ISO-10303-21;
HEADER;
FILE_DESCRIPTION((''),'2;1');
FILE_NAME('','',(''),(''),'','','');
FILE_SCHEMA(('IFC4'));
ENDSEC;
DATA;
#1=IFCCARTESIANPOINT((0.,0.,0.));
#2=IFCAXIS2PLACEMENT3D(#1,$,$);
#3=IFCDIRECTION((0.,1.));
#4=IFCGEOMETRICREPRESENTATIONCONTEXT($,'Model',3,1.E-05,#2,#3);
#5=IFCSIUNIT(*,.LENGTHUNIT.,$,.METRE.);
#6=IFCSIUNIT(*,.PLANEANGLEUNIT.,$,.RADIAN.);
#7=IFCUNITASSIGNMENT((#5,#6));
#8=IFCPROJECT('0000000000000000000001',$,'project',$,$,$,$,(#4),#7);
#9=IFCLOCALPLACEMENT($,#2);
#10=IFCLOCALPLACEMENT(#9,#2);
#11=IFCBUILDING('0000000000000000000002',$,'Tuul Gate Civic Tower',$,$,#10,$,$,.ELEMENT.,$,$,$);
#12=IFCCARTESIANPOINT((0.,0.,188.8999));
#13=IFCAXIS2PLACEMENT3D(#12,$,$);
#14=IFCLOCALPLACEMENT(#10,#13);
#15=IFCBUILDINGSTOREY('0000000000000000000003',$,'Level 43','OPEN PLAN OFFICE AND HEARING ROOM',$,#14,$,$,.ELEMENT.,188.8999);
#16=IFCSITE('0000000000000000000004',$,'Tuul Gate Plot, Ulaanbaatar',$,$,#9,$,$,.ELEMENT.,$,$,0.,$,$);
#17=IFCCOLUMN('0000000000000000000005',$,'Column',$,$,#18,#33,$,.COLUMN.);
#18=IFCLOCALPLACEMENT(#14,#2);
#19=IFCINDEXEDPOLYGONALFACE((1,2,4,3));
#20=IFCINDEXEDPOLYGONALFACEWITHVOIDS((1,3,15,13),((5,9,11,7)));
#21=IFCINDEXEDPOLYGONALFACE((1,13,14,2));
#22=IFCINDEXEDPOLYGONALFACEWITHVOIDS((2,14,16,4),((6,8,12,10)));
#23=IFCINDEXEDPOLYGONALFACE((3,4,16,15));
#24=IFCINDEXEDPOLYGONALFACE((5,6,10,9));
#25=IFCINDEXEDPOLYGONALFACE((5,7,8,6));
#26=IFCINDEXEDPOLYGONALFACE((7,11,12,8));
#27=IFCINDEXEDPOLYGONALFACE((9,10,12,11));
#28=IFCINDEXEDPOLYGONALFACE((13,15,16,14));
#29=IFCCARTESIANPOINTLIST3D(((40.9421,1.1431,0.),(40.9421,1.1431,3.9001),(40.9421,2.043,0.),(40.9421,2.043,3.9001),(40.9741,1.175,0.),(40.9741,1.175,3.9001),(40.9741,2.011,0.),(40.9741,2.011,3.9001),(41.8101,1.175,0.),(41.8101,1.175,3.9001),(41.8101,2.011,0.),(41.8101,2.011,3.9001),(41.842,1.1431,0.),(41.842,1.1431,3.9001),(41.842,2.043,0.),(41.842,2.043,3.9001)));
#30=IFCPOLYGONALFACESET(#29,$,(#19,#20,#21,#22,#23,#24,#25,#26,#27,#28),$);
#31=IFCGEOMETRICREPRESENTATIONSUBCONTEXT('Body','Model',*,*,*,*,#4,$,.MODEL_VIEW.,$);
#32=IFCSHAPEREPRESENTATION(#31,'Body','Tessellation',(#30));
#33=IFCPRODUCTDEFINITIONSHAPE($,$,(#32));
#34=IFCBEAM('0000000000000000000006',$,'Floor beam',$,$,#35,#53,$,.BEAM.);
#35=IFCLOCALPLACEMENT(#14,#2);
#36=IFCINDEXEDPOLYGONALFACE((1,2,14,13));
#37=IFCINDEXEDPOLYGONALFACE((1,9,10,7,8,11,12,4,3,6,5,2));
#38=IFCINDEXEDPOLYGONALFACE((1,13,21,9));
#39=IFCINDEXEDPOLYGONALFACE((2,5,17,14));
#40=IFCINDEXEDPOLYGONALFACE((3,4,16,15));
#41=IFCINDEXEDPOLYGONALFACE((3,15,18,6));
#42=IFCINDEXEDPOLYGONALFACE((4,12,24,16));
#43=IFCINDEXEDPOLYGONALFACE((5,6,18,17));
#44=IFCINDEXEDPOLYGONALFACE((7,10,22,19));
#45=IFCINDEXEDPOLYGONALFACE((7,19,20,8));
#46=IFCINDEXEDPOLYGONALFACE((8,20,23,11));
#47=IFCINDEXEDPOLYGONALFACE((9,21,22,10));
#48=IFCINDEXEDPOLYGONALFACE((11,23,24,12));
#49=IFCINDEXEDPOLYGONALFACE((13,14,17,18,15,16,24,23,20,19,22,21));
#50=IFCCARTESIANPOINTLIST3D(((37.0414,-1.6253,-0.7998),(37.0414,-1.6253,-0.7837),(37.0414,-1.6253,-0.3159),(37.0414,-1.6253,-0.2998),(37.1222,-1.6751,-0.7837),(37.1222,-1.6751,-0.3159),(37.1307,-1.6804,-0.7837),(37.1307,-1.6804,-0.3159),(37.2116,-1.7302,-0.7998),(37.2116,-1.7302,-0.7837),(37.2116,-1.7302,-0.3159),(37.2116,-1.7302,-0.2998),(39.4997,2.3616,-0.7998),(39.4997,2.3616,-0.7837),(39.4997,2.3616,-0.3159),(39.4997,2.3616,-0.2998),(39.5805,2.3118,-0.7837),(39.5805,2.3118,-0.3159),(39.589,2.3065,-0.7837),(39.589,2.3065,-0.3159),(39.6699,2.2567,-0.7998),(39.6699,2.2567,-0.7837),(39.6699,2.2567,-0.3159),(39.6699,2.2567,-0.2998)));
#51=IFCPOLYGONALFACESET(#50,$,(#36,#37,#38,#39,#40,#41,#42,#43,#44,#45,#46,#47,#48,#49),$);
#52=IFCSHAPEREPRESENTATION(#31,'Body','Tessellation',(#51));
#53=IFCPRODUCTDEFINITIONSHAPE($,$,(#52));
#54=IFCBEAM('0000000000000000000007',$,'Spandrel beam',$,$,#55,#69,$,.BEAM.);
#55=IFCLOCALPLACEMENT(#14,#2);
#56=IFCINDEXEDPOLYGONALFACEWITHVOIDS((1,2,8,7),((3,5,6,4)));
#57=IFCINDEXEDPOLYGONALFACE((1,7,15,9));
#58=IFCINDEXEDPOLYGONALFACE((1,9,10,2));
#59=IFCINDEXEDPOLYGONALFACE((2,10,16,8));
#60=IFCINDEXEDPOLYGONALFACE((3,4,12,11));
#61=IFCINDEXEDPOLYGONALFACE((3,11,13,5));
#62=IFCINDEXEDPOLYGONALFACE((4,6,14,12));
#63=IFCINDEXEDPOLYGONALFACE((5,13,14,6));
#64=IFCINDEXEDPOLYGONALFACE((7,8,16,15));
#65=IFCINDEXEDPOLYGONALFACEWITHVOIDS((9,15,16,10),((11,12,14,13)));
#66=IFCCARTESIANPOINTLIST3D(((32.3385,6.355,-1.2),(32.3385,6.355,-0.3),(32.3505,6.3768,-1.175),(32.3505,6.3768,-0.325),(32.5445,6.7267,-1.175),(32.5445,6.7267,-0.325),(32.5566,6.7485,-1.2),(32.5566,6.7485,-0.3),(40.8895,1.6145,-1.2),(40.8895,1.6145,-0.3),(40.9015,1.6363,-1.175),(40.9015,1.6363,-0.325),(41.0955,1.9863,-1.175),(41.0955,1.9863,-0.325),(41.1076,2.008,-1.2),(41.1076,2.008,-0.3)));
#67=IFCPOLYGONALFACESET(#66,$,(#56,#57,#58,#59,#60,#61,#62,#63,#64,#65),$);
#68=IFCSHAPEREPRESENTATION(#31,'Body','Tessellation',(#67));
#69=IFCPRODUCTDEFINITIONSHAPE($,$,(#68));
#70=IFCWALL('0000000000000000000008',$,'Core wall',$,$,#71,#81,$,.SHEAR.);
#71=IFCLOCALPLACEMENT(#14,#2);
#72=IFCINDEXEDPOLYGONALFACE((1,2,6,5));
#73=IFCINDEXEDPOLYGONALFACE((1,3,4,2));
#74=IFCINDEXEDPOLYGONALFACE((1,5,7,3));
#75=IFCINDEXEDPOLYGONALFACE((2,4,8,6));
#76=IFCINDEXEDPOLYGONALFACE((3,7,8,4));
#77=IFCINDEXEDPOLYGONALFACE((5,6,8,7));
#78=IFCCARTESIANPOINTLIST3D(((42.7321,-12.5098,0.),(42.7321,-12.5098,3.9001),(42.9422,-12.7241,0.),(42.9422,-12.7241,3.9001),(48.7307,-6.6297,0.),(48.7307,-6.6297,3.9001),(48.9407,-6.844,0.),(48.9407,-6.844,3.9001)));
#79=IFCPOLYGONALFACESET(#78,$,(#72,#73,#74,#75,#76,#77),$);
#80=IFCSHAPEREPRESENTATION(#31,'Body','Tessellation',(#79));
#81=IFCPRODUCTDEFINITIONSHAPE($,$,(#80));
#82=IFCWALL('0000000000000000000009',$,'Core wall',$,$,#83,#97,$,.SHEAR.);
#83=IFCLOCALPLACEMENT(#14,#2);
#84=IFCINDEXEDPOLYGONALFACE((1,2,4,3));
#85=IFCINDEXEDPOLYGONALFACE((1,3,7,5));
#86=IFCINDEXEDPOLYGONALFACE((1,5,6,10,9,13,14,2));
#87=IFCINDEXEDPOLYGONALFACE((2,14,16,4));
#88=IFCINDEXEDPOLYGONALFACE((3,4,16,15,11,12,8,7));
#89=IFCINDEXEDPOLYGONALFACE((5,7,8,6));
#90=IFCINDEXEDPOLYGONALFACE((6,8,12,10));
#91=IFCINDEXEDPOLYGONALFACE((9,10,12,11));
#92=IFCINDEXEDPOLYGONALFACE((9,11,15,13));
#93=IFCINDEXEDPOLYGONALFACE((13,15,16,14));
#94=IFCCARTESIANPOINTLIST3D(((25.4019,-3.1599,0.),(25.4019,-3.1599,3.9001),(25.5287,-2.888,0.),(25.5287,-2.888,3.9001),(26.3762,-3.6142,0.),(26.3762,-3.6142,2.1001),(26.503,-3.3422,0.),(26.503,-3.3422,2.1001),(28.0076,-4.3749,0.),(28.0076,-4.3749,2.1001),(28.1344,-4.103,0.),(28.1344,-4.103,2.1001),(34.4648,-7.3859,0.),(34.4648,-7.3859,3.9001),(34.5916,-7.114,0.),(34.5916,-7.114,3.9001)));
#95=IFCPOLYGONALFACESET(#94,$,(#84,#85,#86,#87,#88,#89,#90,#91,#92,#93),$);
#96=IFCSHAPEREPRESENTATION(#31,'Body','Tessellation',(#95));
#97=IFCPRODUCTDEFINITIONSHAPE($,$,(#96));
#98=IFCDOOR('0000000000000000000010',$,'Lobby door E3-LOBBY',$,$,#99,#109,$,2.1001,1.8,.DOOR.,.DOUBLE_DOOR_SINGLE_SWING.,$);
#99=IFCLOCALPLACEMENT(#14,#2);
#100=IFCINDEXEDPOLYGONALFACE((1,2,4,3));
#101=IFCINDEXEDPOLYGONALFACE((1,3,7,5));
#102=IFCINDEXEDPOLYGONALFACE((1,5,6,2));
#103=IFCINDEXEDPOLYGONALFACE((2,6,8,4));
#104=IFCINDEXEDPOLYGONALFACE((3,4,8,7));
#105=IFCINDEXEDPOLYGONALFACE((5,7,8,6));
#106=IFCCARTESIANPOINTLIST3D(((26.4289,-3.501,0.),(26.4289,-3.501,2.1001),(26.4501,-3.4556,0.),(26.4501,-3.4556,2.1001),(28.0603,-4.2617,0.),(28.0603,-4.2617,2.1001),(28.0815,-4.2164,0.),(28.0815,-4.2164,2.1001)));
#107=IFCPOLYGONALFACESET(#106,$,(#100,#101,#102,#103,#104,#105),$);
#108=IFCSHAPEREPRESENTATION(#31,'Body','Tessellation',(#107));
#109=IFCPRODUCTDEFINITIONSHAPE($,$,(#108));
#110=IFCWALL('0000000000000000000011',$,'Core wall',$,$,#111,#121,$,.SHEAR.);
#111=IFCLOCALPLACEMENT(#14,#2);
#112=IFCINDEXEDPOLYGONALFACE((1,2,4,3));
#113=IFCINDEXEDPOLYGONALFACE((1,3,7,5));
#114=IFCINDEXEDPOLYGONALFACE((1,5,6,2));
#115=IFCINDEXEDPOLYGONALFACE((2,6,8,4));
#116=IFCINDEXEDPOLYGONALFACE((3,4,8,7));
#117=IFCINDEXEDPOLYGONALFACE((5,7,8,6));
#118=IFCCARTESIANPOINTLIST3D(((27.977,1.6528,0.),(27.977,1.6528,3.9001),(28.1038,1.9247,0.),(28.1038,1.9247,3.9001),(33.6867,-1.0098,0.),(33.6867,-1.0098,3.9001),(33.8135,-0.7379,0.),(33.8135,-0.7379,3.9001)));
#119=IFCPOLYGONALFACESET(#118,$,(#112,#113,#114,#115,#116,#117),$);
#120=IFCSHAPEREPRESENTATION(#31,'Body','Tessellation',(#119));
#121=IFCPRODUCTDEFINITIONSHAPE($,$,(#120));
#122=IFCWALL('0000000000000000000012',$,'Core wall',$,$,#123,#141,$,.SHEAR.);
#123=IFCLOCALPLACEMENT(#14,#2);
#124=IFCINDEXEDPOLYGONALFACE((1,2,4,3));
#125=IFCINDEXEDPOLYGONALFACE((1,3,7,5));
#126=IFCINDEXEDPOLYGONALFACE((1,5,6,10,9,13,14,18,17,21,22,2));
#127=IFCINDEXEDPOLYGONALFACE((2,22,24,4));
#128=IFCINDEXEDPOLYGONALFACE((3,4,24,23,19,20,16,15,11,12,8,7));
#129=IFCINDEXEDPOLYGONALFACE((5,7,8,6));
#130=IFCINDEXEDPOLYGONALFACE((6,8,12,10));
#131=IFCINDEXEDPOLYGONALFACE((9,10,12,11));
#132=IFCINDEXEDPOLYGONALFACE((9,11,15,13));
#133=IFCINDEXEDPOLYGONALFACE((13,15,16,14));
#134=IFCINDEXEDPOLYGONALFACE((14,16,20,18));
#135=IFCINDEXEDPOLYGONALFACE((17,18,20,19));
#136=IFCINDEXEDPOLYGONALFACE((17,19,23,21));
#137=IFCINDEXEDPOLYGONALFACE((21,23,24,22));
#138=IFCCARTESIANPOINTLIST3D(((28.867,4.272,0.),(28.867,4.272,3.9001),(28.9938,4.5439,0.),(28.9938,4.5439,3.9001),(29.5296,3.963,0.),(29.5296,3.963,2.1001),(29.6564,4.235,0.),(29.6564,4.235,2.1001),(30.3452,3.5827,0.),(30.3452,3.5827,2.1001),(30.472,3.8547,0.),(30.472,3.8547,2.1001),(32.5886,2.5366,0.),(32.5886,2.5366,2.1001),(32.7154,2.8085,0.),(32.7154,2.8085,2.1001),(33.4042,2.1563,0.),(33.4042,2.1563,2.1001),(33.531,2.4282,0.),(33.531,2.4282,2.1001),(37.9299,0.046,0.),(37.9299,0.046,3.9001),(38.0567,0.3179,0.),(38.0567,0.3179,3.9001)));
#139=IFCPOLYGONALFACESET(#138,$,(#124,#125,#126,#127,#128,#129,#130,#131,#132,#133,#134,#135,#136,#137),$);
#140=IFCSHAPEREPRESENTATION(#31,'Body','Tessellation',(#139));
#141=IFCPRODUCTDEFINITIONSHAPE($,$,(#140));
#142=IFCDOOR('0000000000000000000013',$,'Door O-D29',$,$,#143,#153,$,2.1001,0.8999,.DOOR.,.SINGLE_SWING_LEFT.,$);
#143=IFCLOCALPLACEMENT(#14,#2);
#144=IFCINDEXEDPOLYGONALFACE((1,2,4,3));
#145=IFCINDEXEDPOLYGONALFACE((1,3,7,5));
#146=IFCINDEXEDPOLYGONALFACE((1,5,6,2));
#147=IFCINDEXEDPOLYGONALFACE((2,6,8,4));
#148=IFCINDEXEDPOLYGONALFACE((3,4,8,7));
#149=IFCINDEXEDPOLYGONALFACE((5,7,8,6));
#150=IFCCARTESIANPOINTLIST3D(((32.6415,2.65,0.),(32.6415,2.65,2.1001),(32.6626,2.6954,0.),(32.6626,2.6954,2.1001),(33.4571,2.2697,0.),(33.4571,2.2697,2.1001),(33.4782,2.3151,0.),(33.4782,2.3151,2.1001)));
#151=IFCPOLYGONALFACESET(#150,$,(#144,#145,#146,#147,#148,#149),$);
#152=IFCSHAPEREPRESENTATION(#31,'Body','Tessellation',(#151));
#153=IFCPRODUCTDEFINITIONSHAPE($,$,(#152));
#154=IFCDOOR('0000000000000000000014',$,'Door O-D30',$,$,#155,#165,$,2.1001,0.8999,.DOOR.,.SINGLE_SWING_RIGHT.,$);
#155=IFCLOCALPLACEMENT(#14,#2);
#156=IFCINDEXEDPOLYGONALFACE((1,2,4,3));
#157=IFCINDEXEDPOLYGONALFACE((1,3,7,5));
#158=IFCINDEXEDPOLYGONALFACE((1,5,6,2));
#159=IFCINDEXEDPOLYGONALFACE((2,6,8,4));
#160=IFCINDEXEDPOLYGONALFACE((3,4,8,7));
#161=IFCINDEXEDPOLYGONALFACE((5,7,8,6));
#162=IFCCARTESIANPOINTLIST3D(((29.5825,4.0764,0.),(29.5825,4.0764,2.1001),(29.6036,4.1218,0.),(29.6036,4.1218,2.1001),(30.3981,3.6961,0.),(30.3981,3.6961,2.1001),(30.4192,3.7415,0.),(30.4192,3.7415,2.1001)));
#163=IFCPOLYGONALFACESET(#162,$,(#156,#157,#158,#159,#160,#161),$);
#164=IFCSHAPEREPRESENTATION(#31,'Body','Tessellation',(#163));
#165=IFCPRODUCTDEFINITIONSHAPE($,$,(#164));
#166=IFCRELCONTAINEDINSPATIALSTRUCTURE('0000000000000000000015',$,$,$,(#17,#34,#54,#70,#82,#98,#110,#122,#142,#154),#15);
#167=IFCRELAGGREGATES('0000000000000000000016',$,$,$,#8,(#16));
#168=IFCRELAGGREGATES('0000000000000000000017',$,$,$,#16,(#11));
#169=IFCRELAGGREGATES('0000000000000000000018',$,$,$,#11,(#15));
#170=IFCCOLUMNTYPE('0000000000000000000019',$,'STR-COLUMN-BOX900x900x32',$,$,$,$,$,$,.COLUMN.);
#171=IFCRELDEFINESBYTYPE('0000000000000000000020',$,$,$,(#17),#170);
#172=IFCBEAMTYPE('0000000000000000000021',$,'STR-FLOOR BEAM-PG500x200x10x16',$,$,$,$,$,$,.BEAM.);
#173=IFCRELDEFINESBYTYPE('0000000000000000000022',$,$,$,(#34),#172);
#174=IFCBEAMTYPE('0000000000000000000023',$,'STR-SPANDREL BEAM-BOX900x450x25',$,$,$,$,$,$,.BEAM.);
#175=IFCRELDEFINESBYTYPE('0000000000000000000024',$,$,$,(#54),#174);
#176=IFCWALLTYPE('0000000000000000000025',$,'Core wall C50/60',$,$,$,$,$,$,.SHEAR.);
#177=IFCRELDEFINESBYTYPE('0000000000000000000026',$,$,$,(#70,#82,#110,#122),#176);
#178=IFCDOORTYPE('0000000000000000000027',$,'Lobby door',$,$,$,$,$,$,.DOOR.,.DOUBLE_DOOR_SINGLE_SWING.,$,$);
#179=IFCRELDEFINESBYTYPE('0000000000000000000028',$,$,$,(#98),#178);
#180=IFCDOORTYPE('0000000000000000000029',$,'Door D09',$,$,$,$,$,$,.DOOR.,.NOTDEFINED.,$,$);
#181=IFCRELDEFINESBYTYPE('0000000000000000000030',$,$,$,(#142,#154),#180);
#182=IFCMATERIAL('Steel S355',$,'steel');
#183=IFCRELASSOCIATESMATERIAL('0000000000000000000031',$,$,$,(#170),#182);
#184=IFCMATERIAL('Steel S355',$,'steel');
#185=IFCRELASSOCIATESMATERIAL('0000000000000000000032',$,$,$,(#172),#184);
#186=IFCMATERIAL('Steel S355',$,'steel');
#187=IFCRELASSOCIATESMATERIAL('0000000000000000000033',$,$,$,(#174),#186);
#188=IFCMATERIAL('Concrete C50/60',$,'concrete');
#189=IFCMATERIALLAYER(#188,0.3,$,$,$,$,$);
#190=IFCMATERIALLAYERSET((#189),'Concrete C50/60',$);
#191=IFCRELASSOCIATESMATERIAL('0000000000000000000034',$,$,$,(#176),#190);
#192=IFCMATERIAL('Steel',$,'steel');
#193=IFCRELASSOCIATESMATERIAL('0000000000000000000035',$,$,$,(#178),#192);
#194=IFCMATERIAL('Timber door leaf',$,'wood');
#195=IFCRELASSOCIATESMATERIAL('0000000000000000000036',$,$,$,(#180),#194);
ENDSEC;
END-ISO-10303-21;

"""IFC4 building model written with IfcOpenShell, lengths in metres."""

from ifc_helpers import new_model, si_unit, direction, frame, frame_2d, origin, origin_2d, place, context, subcontext, project, spatial, rectangle, hollow_rectangle, i_section, extrude, material, layer, layer_set, material_profile, profile_set, type_object, element, fill, save


model = new_model("IFC4")

# Units and contexts
model_context = context("Model", 3, precision=1e-05, world=origin(), true_north=direction((0.0, 1.0)))
body_context = subcontext(model_context, "Body", "Model", "MODEL_VIEW")
ifc_project = project(units=[si_unit("LENGTHUNIT", "METRE"), si_unit("PLANEANGLEUNIT", "RADIAN")], contexts=[model_context])

# Site, building, storey
site_placement = place(None, origin())
site = spatial("IfcSite", under=ifc_project, at=site_placement, Name="Tuul Gate Plot, Ulaanbaatar", CompositionType="ELEMENT", RefElevation=0.0)
building_placement = place(site_placement, origin())
building = spatial("IfcBuilding", under=site, at=building_placement, Name="Tuul Gate Civic Tower", CompositionType="ELEMENT")
storey_placement = place(building_placement, frame((0.0, 0.0, 188.8999)))
storey = spatial("IfcBuildingStorey", under=building, at=storey_placement, Name="Level 43", Description="OPEN PLAN OFFICE AND HEARING ROOM", CompositionType="ELEMENT", Elevation=188.8999)

# Column
ifc_material_1 = material(Name="Steel S355", Category="steel")
ifc_material_profile_1 = material_profile(ifc_material_1, hollow_rectangle(XDim=0.8999, YDim=0.8999, WallThickness=0.032, at=origin_2d()), Name="BOX900x900x32")
ifc_profile_set_1 = profile_set([ifc_material_profile_1], Name="Steel S355")
column_type = type_object("IfcColumnType", Name="STR-COLUMN-BOX900x900x32", PredefinedType="COLUMN", material=ifc_profile_set_1)
column_placement = place(storey_placement, frame((41.3921, 1.593, 0.0), z_axis=(0.0, 0.0, 1.0), x_axis=(1.0, 0.0, 0.0)))
element("IfcColumn", 1, at=column_placement, inside=storey, type_object=column_type, Name="Column", PredefinedType="COLUMN", context=body_context, shape_type="SweptSolid", body=[
    extrude(hollow_rectangle(XDim=0.8999, YDim=0.8999, WallThickness=0.032, at=origin_2d()), origin(), (0.0, 0.0, 1.0), 3.9001),
])

# Beams
ifc_material_2 = material(Name="Steel S355", Category="steel")
ifc_material_profile_2 = material_profile(ifc_material_2, i_section(OverallWidth=0.2, OverallDepth=0.5, WebThickness=0.01, FlangeThickness=0.0161, at=origin_2d()), Name="PG500x200x10x16")
ifc_profile_set_2 = profile_set([ifc_material_profile_2], Name="Steel S355")
beam_type_1 = type_object("IfcBeamType", Name="STR-FLOOR BEAM-PG500x200x10x16", PredefinedType="BEAM", material=ifc_profile_set_2)
beam_1_placement = place(storey_placement, frame((37.1265, -1.6777, -0.5498), z_axis=(0.524845, 0.851198, 0.0), x_axis=(-0.851198, 0.524845, 0.0)))
element("IfcBeam", 2, at=beam_1_placement, inside=storey, type_object=beam_type_1, Name="Floor beam", PredefinedType="BEAM", context=body_context, shape_type="SweptSolid", body=[
    extrude(i_section(OverallWidth=0.2, OverallDepth=0.5, WebThickness=0.01, FlangeThickness=0.0161, at=origin_2d()), origin(), (0.0, 0.0, 1.0), 4.6838),
])
ifc_material_3 = material(Name="Steel S355", Category="steel")
ifc_material_profile_3 = material_profile(ifc_material_3, hollow_rectangle(XDim=0.45, YDim=0.8999, WallThickness=0.0249, at=origin_2d()), Name="BOX900x450x25")
ifc_profile_set_3 = profile_set([ifc_material_profile_3], Name="Steel S355")
beam_type_2 = type_object("IfcBeamType", Name="STR-SPANDREL BEAM-BOX900x450x25", PredefinedType="BEAM", material=ifc_profile_set_3)
beam_2_placement = place(storey_placement, frame((40.9985, 1.8113, -0.75), z_axis=(-0.874595, 0.484854, 0.0), x_axis=(-0.484854, -0.874595, 0.0)))
element("IfcBeam", 3, at=beam_2_placement, inside=storey, type_object=beam_type_2, Name="Spandrel beam", PredefinedType="BEAM", context=body_context, shape_type="SweptSolid", body=[
    extrude(hollow_rectangle(XDim=0.45, YDim=0.8999, WallThickness=0.0249, at=origin_2d()), origin(), (0.0, 0.0, 1.0), 9.7771),
])

# Wall
ifc_material_4 = material(Name="Concrete C50/60", Category="concrete")
ifc_layer_1 = layer(ifc_material_4, 0.3)
ifc_layer_set_1 = layer_set([ifc_layer_1], Name="Concrete C50/60")
wall_type_1 = type_object("IfcWallType", Name="Core wall C50/60", PredefinedType="SHEAR", material=ifc_layer_set_1)
wall_1_placement = place(storey_placement, frame((42.8372, -12.6169, 0.0), z_axis=(0.0, 0.0, 1.0), x_axis=(0.71412, 0.700023, 0.0)))
element("IfcWall", 4, at=wall_1_placement, inside=storey, type_object=wall_type_1, Name="Core wall", PredefinedType="SHEAR", context=body_context, shape_type="SweptSolid", body=[
    extrude(rectangle(XDim=8.3999, YDim=0.3, at=frame_2d((4.2, 0.0))), origin(), (0.0, 0.0, 1.0), 3.9001),
])

# Wall, opening, door
wall_2_placement = place(storey_placement, frame((34.5283, -7.25, 0.0), z_axis=(0.0, 0.0, 1.0), x_axis=(-0.90631, 0.422613, 0.0)))
wall_2 = element("IfcWall", 5, at=wall_2_placement, inside=storey, type_object=wall_type_1, Name="Core wall", PredefinedType="SHEAR", context=body_context, shape_type="SweptSolid", body=[
    extrude(rectangle(XDim=9.9998, YDim=0.3, at=frame_2d((5.0, 0.0))), origin(), (0.0, 0.0, 1.0), 3.9001),
])
opening_1_placement = place(wall_2_placement, frame((7.125, 0.0, 0.0)))
opening_1 = element("IfcOpeningElement", 6, at=opening_1_placement, cuts=wall_2, PredefinedType="OPENING", context=body_context, shape_type="SweptSolid", body=[
    extrude(rectangle(XDim=1.8, YDim=2.1001, at=frame_2d((0.8999, 1.05))), frame((0.0, 0.1602, 0.0), z_axis=(0.0, -1.0, 0.0), x_axis=(1.0, 0.0, 0.0)), (0.0, 0.0, 1.0), 0.3201),
])
ifc_material_5 = material(Name="Steel", Category="steel")
door_type_1 = type_object("IfcDoorType", Name="Lobby door", OperationType="DOUBLE_DOOR_SINGLE_SWING", PredefinedType="DOOR", material=ifc_material_5)
door_1_placement = place(opening_1_placement, frame((1.8, 0.0, 0.0), z_axis=(0.0, 0.0, 1.0), x_axis=(-1.0, 0.0, 0.0)))
door_1 = element("IfcDoor", 7, at=door_1_placement, inside=storey, type_object=door_type_1, Name="Lobby door E3-LOBBY", OperationType="DOUBLE_DOOR_SINGLE_SWING", OverallHeight=2.1001, OverallWidth=1.8, PredefinedType="DOOR", context=body_context, shape_type="SweptSolid", body=[
    extrude(rectangle(XDim=1.8, YDim=2.1001, at=frame_2d((0.9001, 1.05))), frame((0.0, 0.0249, 0.0), z_axis=(0.0, -1.0, 0.0), x_axis=(1.0, 0.0, 0.0)), (0.0, 0.0, 1.0), 0.05),
])
fill(opening_1, door_1)

# Wall
wall_3_placement = place(storey_placement, frame((33.75, -0.8738, 0.0), z_axis=(0.0, 0.0, 1.0), x_axis=(-0.906301, 0.422633, 0.0)))
element("IfcWall", 8, at=wall_3_placement, inside=storey, type_object=wall_type_1, Name="Core wall", PredefinedType="SHEAR", context=body_context, shape_type="SweptSolid", body=[
    extrude(rectangle(XDim=6.3, YDim=0.3, at=frame_2d((3.1499, 0.0))), origin(), (0.0, 0.0, 1.0), 3.9001),
])

# Wall, openings, doors
wall_4_placement = place(storey_placement, frame((37.9934, 0.1819, 0.0), z_axis=(0.0, 0.0, 1.0), x_axis=(-0.90631, 0.422613, 0.0)))
wall_4 = element("IfcWall", 9, at=wall_4_placement, inside=storey, type_object=wall_type_1, Name="Core wall", PredefinedType="SHEAR", context=body_context, shape_type="SweptSolid", body=[
    extrude(rectangle(XDim=9.9998, YDim=0.3, at=frame_2d((5.0, 0.0))), origin(), (0.0, 0.0, 1.0), 3.9001),
])
opening_2_placement = place(wall_4_placement, frame((4.9937, 0.0, 0.0)))
opening_2 = element("IfcOpeningElement", 10, at=opening_2_placement, cuts=wall_4, PredefinedType="OPENING", context=body_context, shape_type="SweptSolid", body=[
    extrude(rectangle(XDim=0.8999, YDim=2.1001, at=frame_2d((0.45, 1.05))), frame((0.0, 0.1602, 0.0), z_axis=(0.0, -1.0, 0.0), x_axis=(1.0, 0.0, 0.0)), (0.0, 0.0, 1.0), 0.3201),
])
opening_3_placement = place(wall_4_placement, frame((8.3689, 0.0, 0.0)))
opening_3 = element("IfcOpeningElement", 11, at=opening_3_placement, cuts=wall_4, PredefinedType="OPENING", context=body_context, shape_type="SweptSolid", body=[
    extrude(rectangle(XDim=0.8999, YDim=2.1001, at=frame_2d((0.45, 1.05))), frame((0.0, 0.1602, 0.0), z_axis=(0.0, -1.0, 0.0), x_axis=(1.0, 0.0, 0.0)), (0.0, 0.0, 1.0), 0.3201),
])
ifc_material_6 = material(Name="Timber door leaf", Category="wood")
door_type_2 = type_object("IfcDoorType", Name="Door D09", OperationType="NOTDEFINED", PredefinedType="DOOR", material=ifc_material_6)
door_2_placement = place(opening_2_placement, origin())
door_2 = element("IfcDoor", 12, at=door_2_placement, inside=storey, type_object=door_type_2, Name="Door O-D29", OperationType="SINGLE_SWING_LEFT", OverallHeight=2.1001, OverallWidth=0.8999, PredefinedType="DOOR", context=body_context, shape_type="SweptSolid", body=[
    extrude(rectangle(XDim=0.8999, YDim=2.1001, at=frame_2d((0.45, 1.05))), frame((0.0, 0.0249, 0.0), z_axis=(0.0, -1.0, 0.0), x_axis=(1.0, 0.0, 0.0)), (0.0, 0.0, 1.0), 0.05),
])
fill(opening_2, door_2)
door_3_placement = place(opening_3_placement, origin())
door_3 = element("IfcDoor", 13, at=door_3_placement, inside=storey, type_object=door_type_2, Name="Door O-D30", OperationType="SINGLE_SWING_RIGHT", OverallHeight=2.1001, OverallWidth=0.8999, PredefinedType="DOOR", context=body_context, shape_type="SweptSolid", body=[
    extrude(rectangle(XDim=0.8999, YDim=2.1001, at=frame_2d((0.45, 1.05))), frame((0.0, 0.0249, 0.0), z_axis=(0.0, -1.0, 0.0), x_axis=(1.0, 0.0, 0.0)), (0.0, 0.0, 1.0), 0.05),
])
fill(opening_3, door_3)

save(model, "model.ifc")
